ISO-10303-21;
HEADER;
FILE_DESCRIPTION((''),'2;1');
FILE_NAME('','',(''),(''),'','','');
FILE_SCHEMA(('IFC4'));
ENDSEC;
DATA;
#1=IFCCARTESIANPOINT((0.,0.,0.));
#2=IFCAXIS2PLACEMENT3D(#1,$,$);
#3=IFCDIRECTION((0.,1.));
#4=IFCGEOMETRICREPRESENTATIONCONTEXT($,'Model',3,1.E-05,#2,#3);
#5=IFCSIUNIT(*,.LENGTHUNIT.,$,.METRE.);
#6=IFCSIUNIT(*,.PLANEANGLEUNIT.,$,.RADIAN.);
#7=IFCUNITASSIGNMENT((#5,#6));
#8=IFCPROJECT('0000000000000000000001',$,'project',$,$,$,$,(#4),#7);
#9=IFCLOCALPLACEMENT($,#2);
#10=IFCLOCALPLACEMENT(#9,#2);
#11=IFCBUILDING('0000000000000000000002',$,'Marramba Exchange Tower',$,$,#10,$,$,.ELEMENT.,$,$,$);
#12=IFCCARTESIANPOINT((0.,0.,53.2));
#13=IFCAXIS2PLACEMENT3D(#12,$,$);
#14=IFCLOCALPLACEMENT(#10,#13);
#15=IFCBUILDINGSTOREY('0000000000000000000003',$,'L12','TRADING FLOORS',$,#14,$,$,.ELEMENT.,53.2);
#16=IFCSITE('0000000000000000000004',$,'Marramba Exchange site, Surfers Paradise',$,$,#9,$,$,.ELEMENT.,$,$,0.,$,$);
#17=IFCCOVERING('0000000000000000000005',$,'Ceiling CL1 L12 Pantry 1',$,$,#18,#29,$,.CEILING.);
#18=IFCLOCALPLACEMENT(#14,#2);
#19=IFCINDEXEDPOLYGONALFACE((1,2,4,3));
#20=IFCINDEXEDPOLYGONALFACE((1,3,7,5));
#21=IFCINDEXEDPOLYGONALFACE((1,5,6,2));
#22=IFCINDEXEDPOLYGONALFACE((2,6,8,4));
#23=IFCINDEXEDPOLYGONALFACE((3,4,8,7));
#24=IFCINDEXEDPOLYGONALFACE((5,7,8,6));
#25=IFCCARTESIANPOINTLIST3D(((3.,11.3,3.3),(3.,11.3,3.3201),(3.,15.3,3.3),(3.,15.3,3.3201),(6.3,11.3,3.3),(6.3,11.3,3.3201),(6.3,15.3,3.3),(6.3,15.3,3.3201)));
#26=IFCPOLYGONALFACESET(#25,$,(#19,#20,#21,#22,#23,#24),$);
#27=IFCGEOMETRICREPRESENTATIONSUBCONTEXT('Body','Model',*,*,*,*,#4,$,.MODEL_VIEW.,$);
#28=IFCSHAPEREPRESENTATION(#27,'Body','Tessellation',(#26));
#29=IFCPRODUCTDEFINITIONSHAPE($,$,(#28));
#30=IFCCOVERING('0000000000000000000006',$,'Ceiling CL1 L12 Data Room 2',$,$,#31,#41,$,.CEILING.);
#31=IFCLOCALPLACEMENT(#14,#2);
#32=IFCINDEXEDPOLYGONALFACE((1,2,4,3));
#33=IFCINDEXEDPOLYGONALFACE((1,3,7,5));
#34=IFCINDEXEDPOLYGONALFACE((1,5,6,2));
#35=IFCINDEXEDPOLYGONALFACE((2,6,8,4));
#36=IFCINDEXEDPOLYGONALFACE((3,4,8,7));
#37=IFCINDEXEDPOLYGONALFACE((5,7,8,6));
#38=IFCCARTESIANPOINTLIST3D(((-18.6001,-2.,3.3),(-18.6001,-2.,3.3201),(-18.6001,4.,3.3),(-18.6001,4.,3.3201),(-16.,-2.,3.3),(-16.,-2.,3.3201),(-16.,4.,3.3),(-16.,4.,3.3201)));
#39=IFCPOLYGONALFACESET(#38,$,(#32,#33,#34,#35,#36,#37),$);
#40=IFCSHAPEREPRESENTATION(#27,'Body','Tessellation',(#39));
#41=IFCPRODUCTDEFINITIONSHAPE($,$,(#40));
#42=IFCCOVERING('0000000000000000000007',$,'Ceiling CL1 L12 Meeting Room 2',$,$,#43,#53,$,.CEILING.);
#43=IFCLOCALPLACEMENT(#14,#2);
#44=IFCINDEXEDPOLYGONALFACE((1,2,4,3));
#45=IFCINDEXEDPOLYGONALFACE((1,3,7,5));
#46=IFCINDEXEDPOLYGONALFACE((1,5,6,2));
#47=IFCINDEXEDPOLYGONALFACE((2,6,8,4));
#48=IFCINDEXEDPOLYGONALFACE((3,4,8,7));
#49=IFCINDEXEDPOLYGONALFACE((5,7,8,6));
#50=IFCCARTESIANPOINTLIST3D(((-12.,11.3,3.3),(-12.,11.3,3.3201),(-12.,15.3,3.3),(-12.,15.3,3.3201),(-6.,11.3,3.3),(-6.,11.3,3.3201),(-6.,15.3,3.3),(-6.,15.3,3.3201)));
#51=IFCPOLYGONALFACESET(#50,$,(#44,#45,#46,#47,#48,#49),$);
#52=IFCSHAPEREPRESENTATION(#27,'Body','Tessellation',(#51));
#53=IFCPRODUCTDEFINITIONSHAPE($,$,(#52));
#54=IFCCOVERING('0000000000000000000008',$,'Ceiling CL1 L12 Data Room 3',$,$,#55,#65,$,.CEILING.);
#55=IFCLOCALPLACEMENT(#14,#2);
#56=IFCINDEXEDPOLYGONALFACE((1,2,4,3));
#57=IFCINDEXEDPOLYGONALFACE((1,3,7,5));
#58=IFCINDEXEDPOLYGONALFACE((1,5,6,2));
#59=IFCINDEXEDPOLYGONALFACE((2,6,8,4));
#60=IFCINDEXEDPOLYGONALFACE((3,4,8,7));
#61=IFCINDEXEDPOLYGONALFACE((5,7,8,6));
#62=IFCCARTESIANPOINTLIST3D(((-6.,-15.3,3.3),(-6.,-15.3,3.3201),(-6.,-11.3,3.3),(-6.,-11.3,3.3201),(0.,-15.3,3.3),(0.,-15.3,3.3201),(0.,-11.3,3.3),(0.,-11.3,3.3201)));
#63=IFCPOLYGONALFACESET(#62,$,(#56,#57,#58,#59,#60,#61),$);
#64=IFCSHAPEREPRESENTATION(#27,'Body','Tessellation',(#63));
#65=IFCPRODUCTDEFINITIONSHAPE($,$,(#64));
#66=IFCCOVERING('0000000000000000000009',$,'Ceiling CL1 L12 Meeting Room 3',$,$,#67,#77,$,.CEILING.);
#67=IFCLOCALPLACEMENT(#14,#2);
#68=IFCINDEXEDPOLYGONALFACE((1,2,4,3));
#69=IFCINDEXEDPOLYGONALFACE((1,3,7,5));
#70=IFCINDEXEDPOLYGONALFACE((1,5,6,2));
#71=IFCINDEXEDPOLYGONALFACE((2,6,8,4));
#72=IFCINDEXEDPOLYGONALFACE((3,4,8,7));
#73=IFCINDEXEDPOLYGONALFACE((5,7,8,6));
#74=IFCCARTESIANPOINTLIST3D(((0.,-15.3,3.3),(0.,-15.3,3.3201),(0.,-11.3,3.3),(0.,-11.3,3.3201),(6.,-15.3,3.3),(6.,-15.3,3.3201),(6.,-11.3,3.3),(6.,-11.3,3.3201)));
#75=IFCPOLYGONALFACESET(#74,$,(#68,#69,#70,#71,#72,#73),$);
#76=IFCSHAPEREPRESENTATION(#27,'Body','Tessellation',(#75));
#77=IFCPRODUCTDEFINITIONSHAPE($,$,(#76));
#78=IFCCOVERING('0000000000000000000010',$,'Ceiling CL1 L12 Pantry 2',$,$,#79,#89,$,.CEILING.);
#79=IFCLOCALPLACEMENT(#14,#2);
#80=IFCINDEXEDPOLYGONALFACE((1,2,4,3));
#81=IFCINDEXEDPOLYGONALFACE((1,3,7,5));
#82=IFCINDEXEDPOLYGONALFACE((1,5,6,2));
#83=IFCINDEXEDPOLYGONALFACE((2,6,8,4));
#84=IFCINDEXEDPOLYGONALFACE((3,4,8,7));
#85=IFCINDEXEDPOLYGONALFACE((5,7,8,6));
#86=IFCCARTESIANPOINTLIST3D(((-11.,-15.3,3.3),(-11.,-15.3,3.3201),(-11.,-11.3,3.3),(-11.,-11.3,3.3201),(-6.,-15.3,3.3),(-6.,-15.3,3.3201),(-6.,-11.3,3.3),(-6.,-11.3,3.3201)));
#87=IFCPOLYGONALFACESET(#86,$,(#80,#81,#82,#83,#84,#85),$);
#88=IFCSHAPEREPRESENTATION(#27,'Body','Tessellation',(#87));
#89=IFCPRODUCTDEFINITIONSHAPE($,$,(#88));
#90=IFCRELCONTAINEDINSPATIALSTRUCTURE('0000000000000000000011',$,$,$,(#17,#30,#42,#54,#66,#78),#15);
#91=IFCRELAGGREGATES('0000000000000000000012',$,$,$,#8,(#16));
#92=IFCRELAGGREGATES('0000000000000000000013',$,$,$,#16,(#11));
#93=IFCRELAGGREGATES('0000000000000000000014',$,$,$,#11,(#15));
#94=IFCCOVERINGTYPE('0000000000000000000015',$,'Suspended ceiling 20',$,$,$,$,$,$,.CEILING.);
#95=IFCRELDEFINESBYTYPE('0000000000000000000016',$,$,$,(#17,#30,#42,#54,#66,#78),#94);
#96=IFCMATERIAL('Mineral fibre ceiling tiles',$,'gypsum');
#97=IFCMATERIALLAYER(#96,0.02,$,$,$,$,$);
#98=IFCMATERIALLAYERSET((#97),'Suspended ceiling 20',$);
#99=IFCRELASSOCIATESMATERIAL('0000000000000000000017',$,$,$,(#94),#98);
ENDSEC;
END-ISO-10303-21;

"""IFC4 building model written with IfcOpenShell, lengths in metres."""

from ifc_helpers import new_model, si_unit, direction, frame, origin, place, context, subcontext, project, spatial, polyline, outline, extrude, material, layer, layer_set, type_object, element, save


model = new_model("IFC4")

# Units and contexts
model_context = context("Model", 3, precision=1e-05, world=origin(), true_north=direction((0.0, 1.0)))
body_context = subcontext(model_context, "Body", "Model", "MODEL_VIEW")
ifc_project = project(units=[si_unit("LENGTHUNIT", "METRE"), si_unit("PLANEANGLEUNIT", "RADIAN")], contexts=[model_context])

# Site, building, storey
site_placement = place(None, origin())
site = spatial("IfcSite", under=ifc_project, at=site_placement, Name="Marramba Exchange site, Surfers Paradise", CompositionType="ELEMENT", RefElevation=0.0)
building_placement = place(site_placement, origin())
building = spatial("IfcBuilding", under=site, at=building_placement, Name="Marramba Exchange Tower", CompositionType="ELEMENT")
storey_placement = place(building_placement, frame((0.0, 0.0, 53.2)))
storey = spatial("IfcBuildingStorey", under=building, at=storey_placement, Name="L12", Description="TRADING FLOORS", CompositionType="ELEMENT", Elevation=53.2)

# Coverings
ifc_material_1 = material(Name="Mineral fibre ceiling tiles", Category="gypsum")
ifc_layer_1 = layer(ifc_material_1, 0.02)
ifc_layer_set_1 = layer_set([ifc_layer_1], Name="Suspended ceiling 20")
covering_type_1 = type_object("IfcCoveringType", Name="Suspended ceiling 20", PredefinedType="CEILING", material=ifc_layer_set_1)
covering_1_placement = place(storey_placement, frame((0.0, 0.0, 3.3)))
element("IfcCovering", 1, at=covering_1_placement, inside=storey, type_object=covering_type_1, Name="Ceiling CL1 L12 Pantry 1", PredefinedType="CEILING", context=body_context, shape_type="SweptSolid", body=[
    extrude(outline(polyline([(6.3, 11.3), (3.0, 11.3), (3.0, 15.3), (6.3, 15.3), (6.3, 11.3)])), origin(), (0.0, 0.0, 1.0), 0.02),
])
covering_2_placement = place(storey_placement, frame((0.0, 0.0, 3.3)))
element("IfcCovering", 2, at=covering_2_placement, inside=storey, type_object=covering_type_1, Name="Ceiling CL1 L12 Data Room 2", PredefinedType="CEILING", context=body_context, shape_type="SweptSolid", body=[
    extrude(outline(polyline([(-16.0, -2.0), (-18.6001, -2.0), (-18.6001, 4.0), (-16.0, 4.0), (-16.0, -2.0)])), origin(), (0.0, 0.0, 1.0), 0.02),
])
covering_3_placement = place(storey_placement, frame((0.0, 0.0, 3.3)))
element("IfcCovering", 3, at=covering_3_placement, inside=storey, type_object=covering_type_1, Name="Ceiling CL1 L12 Meeting Room 2", PredefinedType="CEILING", context=body_context, shape_type="SweptSolid", body=[
    extrude(outline(polyline([(-6.0, 11.3), (-12.0, 11.3), (-12.0, 15.3), (-6.0, 15.3), (-6.0, 11.3)])), origin(), (0.0, 0.0, 1.0), 0.02),
])
covering_4_placement = place(storey_placement, frame((0.0, 0.0, 3.3)))
element("IfcCovering", 4, at=covering_4_placement, inside=storey, type_object=covering_type_1, Name="Ceiling CL1 L12 Data Room 3", PredefinedType="CEILING", context=body_context, shape_type="SweptSolid", body=[
    extrude(outline(polyline([(0.0, -15.3), (-6.0, -15.3), (-6.0, -11.3), (0.0, -11.3), (0.0, -15.3)])), origin(), (0.0, 0.0, 1.0), 0.02),
])
covering_5_placement = place(storey_placement, frame((0.0, 0.0, 3.3)))
element("IfcCovering", 5, at=covering_5_placement, inside=storey, type_object=covering_type_1, Name="Ceiling CL1 L12 Meeting Room 3", PredefinedType="CEILING", context=body_context, shape_type="SweptSolid", body=[
    extrude(outline(polyline([(6.0, -15.3), (0.0, -15.3), (0.0, -11.3), (6.0, -11.3), (6.0, -15.3)])), origin(), (0.0, 0.0, 1.0), 0.02),
])
covering_6_placement = place(storey_placement, frame((0.0, 0.0, 3.3)))
element("IfcCovering", 6, at=covering_6_placement, inside=storey, type_object=covering_type_1, Name="Ceiling CL1 L12 Pantry 2", PredefinedType="CEILING", context=body_context, shape_type="SweptSolid", body=[
    extrude(outline(polyline([(-6.0, -15.3), (-11.0, -15.3), (-11.0, -11.3), (-6.0, -11.3), (-6.0, -15.3)])), origin(), (0.0, 0.0, 1.0), 0.02),
])

save(model, "model.ifc")
